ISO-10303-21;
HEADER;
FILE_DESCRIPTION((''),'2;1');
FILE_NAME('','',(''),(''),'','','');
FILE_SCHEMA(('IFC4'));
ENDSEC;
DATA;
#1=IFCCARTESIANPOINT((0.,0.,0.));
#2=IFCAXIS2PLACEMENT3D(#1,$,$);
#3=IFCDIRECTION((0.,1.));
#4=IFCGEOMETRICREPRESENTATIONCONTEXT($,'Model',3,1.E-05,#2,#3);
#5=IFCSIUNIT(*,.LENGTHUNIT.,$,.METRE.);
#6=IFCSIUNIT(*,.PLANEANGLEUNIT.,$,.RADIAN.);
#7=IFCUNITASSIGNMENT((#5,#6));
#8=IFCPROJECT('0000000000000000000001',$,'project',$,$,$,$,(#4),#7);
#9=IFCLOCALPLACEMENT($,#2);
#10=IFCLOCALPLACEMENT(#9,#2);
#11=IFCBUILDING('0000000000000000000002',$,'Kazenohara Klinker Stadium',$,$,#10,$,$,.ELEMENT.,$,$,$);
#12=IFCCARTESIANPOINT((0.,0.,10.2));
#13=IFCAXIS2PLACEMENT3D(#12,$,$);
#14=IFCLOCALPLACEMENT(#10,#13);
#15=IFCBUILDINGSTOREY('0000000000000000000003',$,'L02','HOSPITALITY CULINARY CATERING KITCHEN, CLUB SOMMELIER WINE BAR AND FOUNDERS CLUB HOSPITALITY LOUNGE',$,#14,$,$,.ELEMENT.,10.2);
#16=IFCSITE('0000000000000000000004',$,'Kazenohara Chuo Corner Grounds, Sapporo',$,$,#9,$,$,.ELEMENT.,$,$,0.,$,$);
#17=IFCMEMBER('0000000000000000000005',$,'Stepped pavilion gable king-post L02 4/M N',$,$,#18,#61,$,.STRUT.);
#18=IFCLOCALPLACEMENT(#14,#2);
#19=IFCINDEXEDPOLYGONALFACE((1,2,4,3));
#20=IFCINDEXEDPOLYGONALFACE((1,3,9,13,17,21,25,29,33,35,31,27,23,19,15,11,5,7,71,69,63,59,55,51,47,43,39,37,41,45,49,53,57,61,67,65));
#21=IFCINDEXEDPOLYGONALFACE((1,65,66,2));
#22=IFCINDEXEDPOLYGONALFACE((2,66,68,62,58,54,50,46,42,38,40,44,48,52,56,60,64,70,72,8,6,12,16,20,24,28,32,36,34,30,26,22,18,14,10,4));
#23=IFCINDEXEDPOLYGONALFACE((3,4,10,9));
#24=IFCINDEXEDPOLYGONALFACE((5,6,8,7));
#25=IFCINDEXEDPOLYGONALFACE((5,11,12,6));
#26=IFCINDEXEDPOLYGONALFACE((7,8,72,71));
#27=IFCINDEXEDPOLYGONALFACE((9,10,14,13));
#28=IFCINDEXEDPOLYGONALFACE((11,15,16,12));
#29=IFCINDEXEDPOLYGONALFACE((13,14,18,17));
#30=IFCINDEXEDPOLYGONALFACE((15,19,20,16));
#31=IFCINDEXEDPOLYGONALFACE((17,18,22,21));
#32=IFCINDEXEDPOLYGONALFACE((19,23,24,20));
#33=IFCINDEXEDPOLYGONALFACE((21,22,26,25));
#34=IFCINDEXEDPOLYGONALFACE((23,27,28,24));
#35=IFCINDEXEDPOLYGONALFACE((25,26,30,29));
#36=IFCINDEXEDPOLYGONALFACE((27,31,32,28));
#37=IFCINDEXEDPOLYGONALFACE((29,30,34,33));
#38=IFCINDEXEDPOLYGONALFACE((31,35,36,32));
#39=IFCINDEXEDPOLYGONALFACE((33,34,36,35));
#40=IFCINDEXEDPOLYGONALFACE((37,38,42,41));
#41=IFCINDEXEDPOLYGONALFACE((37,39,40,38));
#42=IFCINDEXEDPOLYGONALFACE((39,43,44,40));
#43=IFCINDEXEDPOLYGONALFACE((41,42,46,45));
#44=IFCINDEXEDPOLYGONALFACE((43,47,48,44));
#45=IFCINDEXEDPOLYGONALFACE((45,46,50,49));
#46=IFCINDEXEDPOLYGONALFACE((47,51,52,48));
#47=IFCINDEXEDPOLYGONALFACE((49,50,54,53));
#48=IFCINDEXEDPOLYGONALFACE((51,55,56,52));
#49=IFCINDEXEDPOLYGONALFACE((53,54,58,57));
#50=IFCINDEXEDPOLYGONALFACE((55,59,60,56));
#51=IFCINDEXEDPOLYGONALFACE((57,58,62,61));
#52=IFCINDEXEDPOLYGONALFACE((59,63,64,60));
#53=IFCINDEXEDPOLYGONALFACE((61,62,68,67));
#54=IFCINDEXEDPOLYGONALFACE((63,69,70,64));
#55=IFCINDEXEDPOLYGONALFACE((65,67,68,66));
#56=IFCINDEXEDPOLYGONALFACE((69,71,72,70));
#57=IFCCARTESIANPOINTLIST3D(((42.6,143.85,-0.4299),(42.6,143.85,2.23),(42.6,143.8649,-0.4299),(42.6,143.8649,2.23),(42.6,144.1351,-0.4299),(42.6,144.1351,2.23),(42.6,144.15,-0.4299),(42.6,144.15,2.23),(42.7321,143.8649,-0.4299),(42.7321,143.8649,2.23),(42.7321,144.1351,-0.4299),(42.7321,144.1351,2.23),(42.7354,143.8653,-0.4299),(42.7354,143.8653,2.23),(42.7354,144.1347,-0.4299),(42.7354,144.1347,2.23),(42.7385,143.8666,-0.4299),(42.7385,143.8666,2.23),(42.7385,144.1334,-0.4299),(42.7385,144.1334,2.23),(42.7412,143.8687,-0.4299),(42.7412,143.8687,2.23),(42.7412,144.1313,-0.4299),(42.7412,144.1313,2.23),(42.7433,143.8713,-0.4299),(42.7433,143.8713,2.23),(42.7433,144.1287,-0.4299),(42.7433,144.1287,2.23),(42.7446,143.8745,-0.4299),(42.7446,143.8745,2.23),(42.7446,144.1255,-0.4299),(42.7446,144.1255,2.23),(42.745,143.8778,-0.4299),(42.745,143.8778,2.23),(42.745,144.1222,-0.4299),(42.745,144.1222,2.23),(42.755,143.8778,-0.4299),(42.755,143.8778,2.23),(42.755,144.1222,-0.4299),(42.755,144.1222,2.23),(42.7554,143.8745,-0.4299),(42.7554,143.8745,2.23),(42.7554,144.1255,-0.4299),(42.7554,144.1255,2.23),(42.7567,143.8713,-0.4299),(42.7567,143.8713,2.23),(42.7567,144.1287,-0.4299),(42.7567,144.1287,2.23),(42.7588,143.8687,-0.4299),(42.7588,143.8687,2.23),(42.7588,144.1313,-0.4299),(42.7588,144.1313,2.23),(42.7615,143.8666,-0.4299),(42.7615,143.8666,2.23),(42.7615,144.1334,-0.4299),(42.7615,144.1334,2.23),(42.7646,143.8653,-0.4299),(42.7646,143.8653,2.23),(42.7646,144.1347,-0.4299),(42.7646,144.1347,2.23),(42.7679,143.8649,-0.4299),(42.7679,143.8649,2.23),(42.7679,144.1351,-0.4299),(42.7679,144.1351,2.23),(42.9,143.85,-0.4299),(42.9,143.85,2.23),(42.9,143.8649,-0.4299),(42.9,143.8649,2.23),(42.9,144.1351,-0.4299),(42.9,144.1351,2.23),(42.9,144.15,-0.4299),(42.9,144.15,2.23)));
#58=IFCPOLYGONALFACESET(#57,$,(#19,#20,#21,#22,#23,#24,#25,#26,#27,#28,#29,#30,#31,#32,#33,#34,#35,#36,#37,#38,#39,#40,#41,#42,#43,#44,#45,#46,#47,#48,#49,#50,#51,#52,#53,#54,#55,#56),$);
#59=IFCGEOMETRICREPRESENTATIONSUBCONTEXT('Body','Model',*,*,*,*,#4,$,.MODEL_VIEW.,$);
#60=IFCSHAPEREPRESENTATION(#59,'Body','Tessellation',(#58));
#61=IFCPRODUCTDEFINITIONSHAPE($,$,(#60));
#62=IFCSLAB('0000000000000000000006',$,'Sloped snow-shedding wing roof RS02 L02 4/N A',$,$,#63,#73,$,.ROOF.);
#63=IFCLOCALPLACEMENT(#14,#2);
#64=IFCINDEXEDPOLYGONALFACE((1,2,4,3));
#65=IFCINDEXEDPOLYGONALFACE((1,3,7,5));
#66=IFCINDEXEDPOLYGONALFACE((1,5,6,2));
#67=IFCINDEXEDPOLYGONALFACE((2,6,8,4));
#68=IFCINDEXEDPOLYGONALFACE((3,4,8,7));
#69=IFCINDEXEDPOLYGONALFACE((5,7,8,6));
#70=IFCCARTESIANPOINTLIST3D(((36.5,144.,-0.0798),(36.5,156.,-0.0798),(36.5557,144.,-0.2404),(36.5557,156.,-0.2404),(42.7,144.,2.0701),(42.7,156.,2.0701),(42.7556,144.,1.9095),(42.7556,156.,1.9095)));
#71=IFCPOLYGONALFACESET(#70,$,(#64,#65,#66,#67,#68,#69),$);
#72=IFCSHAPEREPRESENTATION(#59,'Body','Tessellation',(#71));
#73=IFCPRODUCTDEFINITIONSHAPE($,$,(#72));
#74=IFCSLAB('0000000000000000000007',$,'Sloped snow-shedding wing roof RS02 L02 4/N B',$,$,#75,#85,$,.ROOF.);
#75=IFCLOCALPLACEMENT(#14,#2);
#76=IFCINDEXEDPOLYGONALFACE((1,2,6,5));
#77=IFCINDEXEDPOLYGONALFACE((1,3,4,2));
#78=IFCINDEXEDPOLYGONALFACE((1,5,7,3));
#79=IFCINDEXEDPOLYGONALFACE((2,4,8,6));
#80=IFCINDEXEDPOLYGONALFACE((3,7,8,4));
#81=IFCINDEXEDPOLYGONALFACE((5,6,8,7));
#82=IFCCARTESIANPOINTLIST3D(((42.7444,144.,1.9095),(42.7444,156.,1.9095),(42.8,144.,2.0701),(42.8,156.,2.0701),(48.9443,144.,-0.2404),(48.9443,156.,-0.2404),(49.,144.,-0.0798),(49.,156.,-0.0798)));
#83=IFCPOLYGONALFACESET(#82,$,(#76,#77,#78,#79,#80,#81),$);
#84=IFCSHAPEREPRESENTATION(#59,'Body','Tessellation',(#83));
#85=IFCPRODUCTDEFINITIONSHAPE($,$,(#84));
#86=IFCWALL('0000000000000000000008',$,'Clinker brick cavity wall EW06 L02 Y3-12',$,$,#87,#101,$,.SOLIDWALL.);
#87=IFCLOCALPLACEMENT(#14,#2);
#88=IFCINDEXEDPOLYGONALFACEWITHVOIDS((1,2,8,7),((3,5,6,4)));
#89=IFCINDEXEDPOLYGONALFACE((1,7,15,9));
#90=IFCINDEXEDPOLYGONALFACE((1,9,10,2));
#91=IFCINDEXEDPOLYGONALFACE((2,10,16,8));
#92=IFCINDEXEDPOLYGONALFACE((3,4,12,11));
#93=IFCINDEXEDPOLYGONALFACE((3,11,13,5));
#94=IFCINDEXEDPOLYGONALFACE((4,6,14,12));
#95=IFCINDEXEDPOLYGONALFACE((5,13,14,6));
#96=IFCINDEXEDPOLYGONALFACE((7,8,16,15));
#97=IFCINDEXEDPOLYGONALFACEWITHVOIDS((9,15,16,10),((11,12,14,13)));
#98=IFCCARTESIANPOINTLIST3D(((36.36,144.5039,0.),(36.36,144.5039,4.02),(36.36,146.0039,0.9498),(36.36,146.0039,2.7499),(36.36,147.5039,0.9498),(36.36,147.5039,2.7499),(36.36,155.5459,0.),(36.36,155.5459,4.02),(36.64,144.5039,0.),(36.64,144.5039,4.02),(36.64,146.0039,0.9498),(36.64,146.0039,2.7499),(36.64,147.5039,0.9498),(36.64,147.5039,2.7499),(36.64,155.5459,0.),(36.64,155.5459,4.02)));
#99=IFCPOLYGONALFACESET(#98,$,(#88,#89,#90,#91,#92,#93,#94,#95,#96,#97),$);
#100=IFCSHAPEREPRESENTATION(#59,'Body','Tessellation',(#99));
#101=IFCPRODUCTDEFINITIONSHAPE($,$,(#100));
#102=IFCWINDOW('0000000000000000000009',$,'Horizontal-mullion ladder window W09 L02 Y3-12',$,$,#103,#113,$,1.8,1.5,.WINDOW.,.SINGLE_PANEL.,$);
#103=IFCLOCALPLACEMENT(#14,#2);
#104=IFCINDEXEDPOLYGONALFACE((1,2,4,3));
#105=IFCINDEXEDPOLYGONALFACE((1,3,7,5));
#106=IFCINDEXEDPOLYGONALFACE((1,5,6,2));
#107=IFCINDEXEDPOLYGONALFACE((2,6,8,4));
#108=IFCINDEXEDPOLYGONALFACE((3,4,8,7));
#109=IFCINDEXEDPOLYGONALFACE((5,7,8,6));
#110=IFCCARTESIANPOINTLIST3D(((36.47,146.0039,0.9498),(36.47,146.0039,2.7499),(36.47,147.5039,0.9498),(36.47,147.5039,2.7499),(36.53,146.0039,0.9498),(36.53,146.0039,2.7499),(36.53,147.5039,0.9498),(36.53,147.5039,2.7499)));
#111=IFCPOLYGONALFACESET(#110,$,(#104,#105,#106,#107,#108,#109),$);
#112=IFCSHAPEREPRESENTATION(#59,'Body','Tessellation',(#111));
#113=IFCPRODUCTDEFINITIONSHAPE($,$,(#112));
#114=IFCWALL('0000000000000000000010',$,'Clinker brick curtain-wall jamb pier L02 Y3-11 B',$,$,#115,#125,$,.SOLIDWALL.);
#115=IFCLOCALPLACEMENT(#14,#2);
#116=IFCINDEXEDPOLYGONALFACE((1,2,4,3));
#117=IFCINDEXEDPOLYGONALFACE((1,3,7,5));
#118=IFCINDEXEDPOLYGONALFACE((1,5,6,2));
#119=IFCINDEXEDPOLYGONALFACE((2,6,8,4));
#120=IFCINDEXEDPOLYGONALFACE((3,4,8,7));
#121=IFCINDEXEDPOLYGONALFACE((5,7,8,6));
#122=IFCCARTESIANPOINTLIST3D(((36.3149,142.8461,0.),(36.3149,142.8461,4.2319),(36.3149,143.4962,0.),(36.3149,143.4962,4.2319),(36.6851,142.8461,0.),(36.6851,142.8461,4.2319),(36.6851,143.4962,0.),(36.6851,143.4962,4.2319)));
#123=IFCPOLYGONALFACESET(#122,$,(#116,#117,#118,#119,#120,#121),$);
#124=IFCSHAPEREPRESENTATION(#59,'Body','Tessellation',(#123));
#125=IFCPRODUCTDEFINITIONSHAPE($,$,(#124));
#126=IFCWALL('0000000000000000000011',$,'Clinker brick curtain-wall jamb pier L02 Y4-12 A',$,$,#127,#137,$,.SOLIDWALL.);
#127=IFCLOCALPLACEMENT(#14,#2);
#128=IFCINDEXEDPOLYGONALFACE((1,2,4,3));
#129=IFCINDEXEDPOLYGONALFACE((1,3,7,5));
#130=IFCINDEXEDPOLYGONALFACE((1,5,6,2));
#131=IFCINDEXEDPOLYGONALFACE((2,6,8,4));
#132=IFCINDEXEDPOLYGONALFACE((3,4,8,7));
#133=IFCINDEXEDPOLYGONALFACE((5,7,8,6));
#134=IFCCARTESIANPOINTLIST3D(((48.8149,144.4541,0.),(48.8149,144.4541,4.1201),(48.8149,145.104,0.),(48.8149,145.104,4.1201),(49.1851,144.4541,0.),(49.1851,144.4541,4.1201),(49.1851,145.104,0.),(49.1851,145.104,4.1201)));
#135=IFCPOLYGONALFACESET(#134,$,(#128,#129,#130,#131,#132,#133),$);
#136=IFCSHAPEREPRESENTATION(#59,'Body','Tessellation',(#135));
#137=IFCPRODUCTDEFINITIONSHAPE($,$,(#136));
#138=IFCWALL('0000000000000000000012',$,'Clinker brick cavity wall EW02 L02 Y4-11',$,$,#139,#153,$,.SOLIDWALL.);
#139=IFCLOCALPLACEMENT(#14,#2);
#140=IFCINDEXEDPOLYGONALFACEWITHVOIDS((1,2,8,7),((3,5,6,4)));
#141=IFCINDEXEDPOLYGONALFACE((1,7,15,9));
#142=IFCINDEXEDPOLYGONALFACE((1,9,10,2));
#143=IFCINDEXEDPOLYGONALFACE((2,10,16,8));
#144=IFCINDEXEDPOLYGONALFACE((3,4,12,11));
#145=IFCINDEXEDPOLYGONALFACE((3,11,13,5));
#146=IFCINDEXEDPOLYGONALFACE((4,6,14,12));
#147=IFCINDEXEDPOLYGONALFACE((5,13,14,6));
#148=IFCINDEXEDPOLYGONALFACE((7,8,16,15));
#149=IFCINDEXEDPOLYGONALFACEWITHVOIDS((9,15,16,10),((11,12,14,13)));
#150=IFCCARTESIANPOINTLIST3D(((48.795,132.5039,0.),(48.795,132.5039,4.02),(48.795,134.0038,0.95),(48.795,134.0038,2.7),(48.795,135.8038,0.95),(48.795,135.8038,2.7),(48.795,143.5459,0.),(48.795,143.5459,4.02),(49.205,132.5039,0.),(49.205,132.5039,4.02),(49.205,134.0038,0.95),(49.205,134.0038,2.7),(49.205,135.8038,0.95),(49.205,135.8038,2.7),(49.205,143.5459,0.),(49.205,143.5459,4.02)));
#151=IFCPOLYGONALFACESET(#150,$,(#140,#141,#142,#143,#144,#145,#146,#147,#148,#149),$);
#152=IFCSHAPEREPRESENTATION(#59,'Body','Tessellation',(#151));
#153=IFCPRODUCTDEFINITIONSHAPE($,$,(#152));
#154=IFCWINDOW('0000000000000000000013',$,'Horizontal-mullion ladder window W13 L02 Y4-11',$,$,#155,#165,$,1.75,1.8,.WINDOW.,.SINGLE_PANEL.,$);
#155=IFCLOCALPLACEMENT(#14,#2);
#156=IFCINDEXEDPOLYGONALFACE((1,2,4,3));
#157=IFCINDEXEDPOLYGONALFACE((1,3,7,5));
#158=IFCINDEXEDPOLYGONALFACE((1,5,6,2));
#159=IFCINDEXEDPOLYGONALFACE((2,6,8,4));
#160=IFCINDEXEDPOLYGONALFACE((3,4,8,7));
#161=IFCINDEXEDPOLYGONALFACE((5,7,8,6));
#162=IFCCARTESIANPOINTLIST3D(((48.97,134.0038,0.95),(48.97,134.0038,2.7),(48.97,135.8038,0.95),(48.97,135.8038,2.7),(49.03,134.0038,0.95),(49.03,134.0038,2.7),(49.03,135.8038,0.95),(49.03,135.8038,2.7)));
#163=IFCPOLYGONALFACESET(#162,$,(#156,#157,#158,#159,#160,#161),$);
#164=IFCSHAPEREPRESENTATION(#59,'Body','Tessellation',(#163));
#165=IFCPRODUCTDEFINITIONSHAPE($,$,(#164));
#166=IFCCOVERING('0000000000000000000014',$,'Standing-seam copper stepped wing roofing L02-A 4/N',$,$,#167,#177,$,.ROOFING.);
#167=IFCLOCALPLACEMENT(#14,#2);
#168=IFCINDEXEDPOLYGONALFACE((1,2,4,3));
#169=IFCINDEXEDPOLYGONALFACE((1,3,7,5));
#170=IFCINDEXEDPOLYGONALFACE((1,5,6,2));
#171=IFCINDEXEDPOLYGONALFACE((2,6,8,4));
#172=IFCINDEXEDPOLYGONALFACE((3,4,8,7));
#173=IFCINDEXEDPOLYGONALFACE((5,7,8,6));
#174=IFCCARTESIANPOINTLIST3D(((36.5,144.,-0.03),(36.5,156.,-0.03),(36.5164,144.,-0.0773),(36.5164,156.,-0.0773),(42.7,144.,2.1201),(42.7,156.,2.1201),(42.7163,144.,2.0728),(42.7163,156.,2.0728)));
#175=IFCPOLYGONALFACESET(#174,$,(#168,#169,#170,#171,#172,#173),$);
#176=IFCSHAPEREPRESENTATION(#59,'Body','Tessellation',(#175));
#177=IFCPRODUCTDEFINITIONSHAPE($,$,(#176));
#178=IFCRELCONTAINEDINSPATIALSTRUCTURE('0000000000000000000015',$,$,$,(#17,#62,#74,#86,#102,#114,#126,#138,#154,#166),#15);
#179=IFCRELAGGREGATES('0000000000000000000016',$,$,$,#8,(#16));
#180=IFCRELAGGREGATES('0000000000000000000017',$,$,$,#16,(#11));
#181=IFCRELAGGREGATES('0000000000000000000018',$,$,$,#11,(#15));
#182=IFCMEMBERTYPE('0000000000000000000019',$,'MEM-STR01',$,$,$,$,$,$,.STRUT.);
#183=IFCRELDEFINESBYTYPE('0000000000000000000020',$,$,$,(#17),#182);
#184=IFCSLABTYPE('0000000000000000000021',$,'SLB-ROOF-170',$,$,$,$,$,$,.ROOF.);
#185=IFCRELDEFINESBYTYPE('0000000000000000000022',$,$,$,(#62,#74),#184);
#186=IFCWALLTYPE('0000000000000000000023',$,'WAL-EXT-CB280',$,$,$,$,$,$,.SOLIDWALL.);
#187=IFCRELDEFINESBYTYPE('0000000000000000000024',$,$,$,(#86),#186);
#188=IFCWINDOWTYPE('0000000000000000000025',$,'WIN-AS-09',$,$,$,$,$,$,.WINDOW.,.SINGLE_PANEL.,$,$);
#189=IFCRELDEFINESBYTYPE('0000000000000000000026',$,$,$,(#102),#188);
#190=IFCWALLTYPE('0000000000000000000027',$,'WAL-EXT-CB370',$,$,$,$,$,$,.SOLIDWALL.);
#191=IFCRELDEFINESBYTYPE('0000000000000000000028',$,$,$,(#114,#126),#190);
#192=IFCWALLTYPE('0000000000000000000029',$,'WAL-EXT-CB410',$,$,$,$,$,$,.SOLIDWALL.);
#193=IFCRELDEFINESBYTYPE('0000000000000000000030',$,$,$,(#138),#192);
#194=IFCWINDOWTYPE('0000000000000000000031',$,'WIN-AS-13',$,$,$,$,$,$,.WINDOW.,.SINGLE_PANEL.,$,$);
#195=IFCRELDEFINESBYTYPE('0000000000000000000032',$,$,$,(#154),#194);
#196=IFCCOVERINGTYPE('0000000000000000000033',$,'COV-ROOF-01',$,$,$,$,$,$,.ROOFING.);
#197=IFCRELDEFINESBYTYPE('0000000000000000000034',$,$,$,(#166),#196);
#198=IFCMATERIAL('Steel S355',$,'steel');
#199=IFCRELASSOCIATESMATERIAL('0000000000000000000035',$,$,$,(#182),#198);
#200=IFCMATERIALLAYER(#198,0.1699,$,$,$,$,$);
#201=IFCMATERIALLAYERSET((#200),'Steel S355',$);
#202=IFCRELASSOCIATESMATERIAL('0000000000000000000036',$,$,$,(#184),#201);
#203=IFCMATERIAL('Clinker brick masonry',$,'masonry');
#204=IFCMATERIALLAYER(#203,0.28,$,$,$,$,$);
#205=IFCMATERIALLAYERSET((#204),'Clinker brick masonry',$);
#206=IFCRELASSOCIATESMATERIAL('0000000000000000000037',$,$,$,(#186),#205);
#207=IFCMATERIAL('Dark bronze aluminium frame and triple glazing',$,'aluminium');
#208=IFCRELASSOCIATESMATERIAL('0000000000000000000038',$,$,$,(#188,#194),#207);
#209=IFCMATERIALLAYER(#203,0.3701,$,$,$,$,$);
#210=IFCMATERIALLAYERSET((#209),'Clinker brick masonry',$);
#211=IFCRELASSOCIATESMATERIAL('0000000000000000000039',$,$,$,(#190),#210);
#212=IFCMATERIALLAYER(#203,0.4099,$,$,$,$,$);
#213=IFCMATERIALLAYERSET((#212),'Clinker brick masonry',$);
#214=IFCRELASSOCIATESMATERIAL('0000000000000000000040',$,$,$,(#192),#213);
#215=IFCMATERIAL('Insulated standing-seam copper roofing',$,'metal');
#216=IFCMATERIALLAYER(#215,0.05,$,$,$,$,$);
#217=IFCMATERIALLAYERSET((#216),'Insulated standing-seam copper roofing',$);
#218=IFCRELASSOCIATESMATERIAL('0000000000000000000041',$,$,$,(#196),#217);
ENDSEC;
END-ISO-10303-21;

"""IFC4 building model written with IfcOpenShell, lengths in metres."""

from ifc_helpers import new_model, si_unit, direction, frame, frame_2d, origin, origin_2d, place, context, subcontext, project, spatial, polyline, rectangle, i_section, outline, extrude, material, layer, layer_set, material_profile, profile_set, type_object, element, fill, save


model = new_model("IFC4")

# Units and contexts
model_context = context("Model", 3, precision=1e-05, world=origin(), true_north=direction((0.0, 1.0)))
body_context = subcontext(model_context, "Body", "Model", "MODEL_VIEW")
ifc_project = project(units=[si_unit("LENGTHUNIT", "METRE"), si_unit("PLANEANGLEUNIT", "RADIAN")], contexts=[model_context])

# Site, building, storey
site_placement = place(None, origin())
site = spatial("IfcSite", under=ifc_project, at=site_placement, Name="Kazenohara Chuo Corner Grounds, Sapporo", CompositionType="ELEMENT", RefElevation=0.0)
building_placement = place(site_placement, origin())
building = spatial("IfcBuilding", under=site, at=building_placement, Name="Kazenohara Klinker Stadium", CompositionType="ELEMENT")
storey_placement = place(building_placement, frame((0.0, 0.0, 10.2)))
storey = spatial("IfcBuildingStorey", under=building, at=storey_placement, Name="L02", Description="HOSPITALITY CULINARY CATERING KITCHEN, CLUB SOMMELIER WINE BAR AND FOUNDERS CLUB HOSPITALITY LOUNGE", CompositionType="ELEMENT", Elevation=10.2)

# Shared definitions
ifc_material_1 = material(Name="Steel S355", Category="steel")

# Member
ifc_material_profile_1 = material_profile(ifc_material_1, i_section(OverallWidth=0.3, OverallDepth=0.3, WebThickness=0.01, FlangeThickness=0.0149, FilletRadius=0.0129, at=origin_2d()), Name="H-300x300x10x15")
ifc_profile_set_1 = profile_set([ifc_material_profile_1], Name="Steel S355")
member_type_1 = type_object("IfcMemberType", Name="MEM-STR01", PredefinedType="STRUT", material=ifc_profile_set_1)
member_1_placement = place(storey_placement, frame((42.75, 144.0, -0.4299), z_axis=(0.0, 0.0, 1.0), x_axis=(1.0, 0.0, 0.0)))
element("IfcMember", 1, at=member_1_placement, inside=storey, type_object=member_type_1, Name="Stepped pavilion gable king-post L02 4/M N", PredefinedType="STRUT", context=body_context, shape_type="SweptSolid", body=[
    extrude(i_section(OverallWidth=0.3, OverallDepth=0.3, WebThickness=0.01, FlangeThickness=0.0149, FilletRadius=0.0129, at=origin_2d()), origin(), (0.0, 0.0, 1.0), 2.6599),
])

# Slabs
ifc_layer_1 = layer(ifc_material_1, 0.1699)
ifc_layer_set_1 = layer_set([ifc_layer_1], Name="Steel S355")
slab_type = type_object("IfcSlabType", Name="SLB-ROOF-170", PredefinedType="ROOF", material=ifc_layer_set_1)
for number, where, z_axis, x_axis, name in (
    (2, (36.5, 144.0, -0.0798), (-0.327623, 0.0, 0.944809), (0.944809, 0.0, 0.327623), "Sloped snow-shedding wing roof RS02 L02 4/N A"),
    (3, (42.8, 144.0, 2.0701), (0.327623, 0.0, 0.944809), (0.944809, 0.0, -0.327623), "Sloped snow-shedding wing roof RS02 L02 4/N B"),
):
    element("IfcSlab", number, at=place(storey_placement, frame(where, z_axis=z_axis, x_axis=x_axis)), inside=storey, type_object=slab_type, Name=name, PredefinedType="ROOF", context=body_context, shape_type="SweptSolid", body=[
        extrude(outline(polyline([(0.0, 0.0), (6.5621, 0.0), (6.5621, 12.0), (0.0, 12.0), (0.0, 0.0)])), origin(), (0.0, 0.0, -1.0), 0.1699),
    ])

# Wall, opening, window
ifc_material_2 = material(Name="Clinker brick masonry", Category="masonry")
ifc_layer_2 = layer(ifc_material_2, 0.28)
ifc_layer_set_2 = layer_set([ifc_layer_2], Name="Clinker brick masonry")
wall_type_1 = type_object("IfcWallType", Name="WAL-EXT-CB280", PredefinedType="SOLIDWALL", material=ifc_layer_set_2)
wall_1_placement = place(storey_placement, frame((36.5, 144.5039, 0.0), z_axis=(0.0, 0.0, 1.0), x_axis=(0.0, 1.0, 0.0)))
wall_1 = element("IfcWall", 4, at=wall_1_placement, inside=storey, type_object=wall_type_1, Name="Clinker brick cavity wall EW06 L02 Y3-12", PredefinedType="SOLIDWALL", context=body_context, shape_type="SweptSolid", body=[
    extrude(rectangle(XDim=11.042, YDim=0.28, at=frame_2d((5.521, 0.0))), origin(), (0.0, 0.0, 1.0), 4.02),
])
opening_1_placement = place(wall_1_placement, frame((1.5, 0.0, 0.95)))
opening_1 = element("IfcOpeningElement", 5, at=opening_1_placement, cuts=wall_1, PredefinedType="OPENING", context=body_context, shape_type="SweptSolid", body=[
    extrude(rectangle(XDim=1.5, YDim=1.8, at=frame_2d((0.75, 0.8999))), frame((0.0, 0.1499, 0.0), z_axis=(0.0, -1.0, 0.0), x_axis=(1.0, 0.0, 0.0)), (0.0, 0.0, 1.0), 0.3),
])
ifc_material_3 = material(Name="Dark bronze aluminium frame and triple glazing", Category="aluminium")
window_type_1 = type_object("IfcWindowType", Name="WIN-AS-09", PartitioningType="SINGLE_PANEL", PredefinedType="WINDOW", material=ifc_material_3)
window_1_placement = place(opening_1_placement, origin())
window_1 = element("IfcWindow", 6, at=window_1_placement, inside=storey, type_object=window_type_1, Name="Horizontal-mullion ladder window W09 L02 Y3-12", OverallHeight=1.8, OverallWidth=1.5, PartitioningType="SINGLE_PANEL", PredefinedType="WINDOW", context=body_context, shape_type="SweptSolid", body=[
    extrude(rectangle(XDim=1.5, YDim=1.8, at=frame_2d((0.75, 0.8999))), frame((0.0, 0.03, 0.0), z_axis=(0.0, -1.0, 0.0), x_axis=(1.0, 0.0, 0.0)), (0.0, 0.0, 1.0), 0.0601),
])
fill(opening_1, window_1)

# Walls
ifc_layer_3 = layer(ifc_material_2, 0.3701)
ifc_layer_set_3 = layer_set([ifc_layer_3], Name="Clinker brick masonry")
wall_type_2 = type_object("IfcWallType", Name="WAL-EXT-CB370", PredefinedType="SOLIDWALL", material=ifc_layer_set_3)
wall_2_placement = place(storey_placement, frame((36.5, 142.8459, 0.0), z_axis=(0.0, 0.0, 1.0), x_axis=(0.0, 1.0, 0.0)))
element("IfcWall", 7, at=wall_2_placement, inside=storey, type_object=wall_type_2, Name="Clinker brick curtain-wall jamb pier L02 Y3-11 B", PredefinedType="SOLIDWALL", context=body_context, shape_type="SweptSolid", body=[
    extrude(rectangle(XDim=0.6501, YDim=0.3701, at=frame_2d((0.3252, 0.0))), origin(), (0.0, 0.0, 1.0), 4.2319),
])
wall_3_placement = place(storey_placement, frame((49.0, 144.4541, 0.0), z_axis=(0.0, 0.0, 1.0), x_axis=(0.0, 1.0, 0.0)))
element("IfcWall", 8, at=wall_3_placement, inside=storey, type_object=wall_type_2, Name="Clinker brick curtain-wall jamb pier L02 Y4-12 A", PredefinedType="SOLIDWALL", context=body_context, shape_type="SweptSolid", body=[
    extrude(rectangle(XDim=0.6499, YDim=0.3701, at=frame_2d((0.325, 0.0))), origin(), (0.0, 0.0, 1.0), 4.1201),
])

# Wall, opening, window
ifc_layer_4 = layer(ifc_material_2, 0.4099)
ifc_layer_set_4 = layer_set([ifc_layer_4], Name="Clinker brick masonry")
wall_type_3 = type_object("IfcWallType", Name="WAL-EXT-CB410", PredefinedType="SOLIDWALL", material=ifc_layer_set_4)
wall_4_placement = place(storey_placement, frame((49.0, 132.5039, 0.0), z_axis=(0.0, 0.0, 1.0), x_axis=(0.0, 1.0, 0.0)))
wall_4 = element("IfcWall", 9, at=wall_4_placement, inside=storey, type_object=wall_type_3, Name="Clinker brick cavity wall EW02 L02 Y4-11", PredefinedType="SOLIDWALL", context=body_context, shape_type="SweptSolid", body=[
    extrude(rectangle(XDim=11.042, YDim=0.4099, at=frame_2d((5.521, 0.0))), origin(), (0.0, 0.0, 1.0), 4.02),
])
opening_2_placement = place(wall_4_placement, frame((1.5, 0.0, 0.95)))
opening_2 = element("IfcOpeningElement", 10, at=opening_2_placement, cuts=wall_4, PredefinedType="OPENING", context=body_context, shape_type="SweptSolid", body=[
    extrude(rectangle(XDim=1.8, YDim=1.75, at=frame_2d((0.8999, 0.875))), frame((0.0, 0.2148, 0.0), z_axis=(0.0, -1.0, 0.0), x_axis=(1.0, 0.0, 0.0)), (0.0, 0.0, 1.0), 0.4299),
])
window_type_2 = type_object("IfcWindowType", Name="WIN-AS-13", PartitioningType="SINGLE_PANEL", PredefinedType="WINDOW", material=ifc_material_3)
window_2_placement = place(opening_2_placement, origin())
window_2 = element("IfcWindow", 11, at=window_2_placement, inside=storey, type_object=window_type_2, Name="Horizontal-mullion ladder window W13 L02 Y4-11", OverallHeight=1.75, OverallWidth=1.8, PartitioningType="SINGLE_PANEL", PredefinedType="WINDOW", context=body_context, shape_type="SweptSolid", body=[
    extrude(rectangle(XDim=1.8, YDim=1.75, at=frame_2d((0.8999, 0.875))), frame((0.0, 0.03, 0.0), z_axis=(0.0, -1.0, 0.0), x_axis=(1.0, 0.0, 0.0)), (0.0, 0.0, 1.0), 0.0601),
])
fill(opening_2, window_2)

# Covering
ifc_material_4 = material(Name="Insulated standing-seam copper roofing", Category="metal")
ifc_layer_5 = layer(ifc_material_4, 0.05)
ifc_layer_set_5 = layer_set([ifc_layer_5], Name="Insulated standing-seam copper roofing")
covering_type = type_object("IfcCoveringType", Name="COV-ROOF-01", PredefinedType="ROOFING", material=ifc_layer_set_5)
for number, where, z_axis, x_axis, name in (
    (12, (36.5, 144.0, -0.03), (-0.327656, 0.0, 0.944797), (0.944797, 0.0, 0.327656), "Standing-seam copper stepped wing roofing L02-A 4/N"),
):
    element("IfcCovering", number, at=place(storey_placement, frame(where, z_axis=z_axis, x_axis=x_axis)), inside=storey, type_object=covering_type, Name=name, PredefinedType="ROOFING", context=body_context, shape_type="SweptSolid", body=[
        extrude(outline(polyline([(0.0, 0.0), (6.5622, 0.0), (6.5622, 12.0), (0.0, 12.0), (0.0, 0.0)])), origin(), (0.0, 0.0, -1.0), 0.05),
    ])

save(model, "model.ifc")
